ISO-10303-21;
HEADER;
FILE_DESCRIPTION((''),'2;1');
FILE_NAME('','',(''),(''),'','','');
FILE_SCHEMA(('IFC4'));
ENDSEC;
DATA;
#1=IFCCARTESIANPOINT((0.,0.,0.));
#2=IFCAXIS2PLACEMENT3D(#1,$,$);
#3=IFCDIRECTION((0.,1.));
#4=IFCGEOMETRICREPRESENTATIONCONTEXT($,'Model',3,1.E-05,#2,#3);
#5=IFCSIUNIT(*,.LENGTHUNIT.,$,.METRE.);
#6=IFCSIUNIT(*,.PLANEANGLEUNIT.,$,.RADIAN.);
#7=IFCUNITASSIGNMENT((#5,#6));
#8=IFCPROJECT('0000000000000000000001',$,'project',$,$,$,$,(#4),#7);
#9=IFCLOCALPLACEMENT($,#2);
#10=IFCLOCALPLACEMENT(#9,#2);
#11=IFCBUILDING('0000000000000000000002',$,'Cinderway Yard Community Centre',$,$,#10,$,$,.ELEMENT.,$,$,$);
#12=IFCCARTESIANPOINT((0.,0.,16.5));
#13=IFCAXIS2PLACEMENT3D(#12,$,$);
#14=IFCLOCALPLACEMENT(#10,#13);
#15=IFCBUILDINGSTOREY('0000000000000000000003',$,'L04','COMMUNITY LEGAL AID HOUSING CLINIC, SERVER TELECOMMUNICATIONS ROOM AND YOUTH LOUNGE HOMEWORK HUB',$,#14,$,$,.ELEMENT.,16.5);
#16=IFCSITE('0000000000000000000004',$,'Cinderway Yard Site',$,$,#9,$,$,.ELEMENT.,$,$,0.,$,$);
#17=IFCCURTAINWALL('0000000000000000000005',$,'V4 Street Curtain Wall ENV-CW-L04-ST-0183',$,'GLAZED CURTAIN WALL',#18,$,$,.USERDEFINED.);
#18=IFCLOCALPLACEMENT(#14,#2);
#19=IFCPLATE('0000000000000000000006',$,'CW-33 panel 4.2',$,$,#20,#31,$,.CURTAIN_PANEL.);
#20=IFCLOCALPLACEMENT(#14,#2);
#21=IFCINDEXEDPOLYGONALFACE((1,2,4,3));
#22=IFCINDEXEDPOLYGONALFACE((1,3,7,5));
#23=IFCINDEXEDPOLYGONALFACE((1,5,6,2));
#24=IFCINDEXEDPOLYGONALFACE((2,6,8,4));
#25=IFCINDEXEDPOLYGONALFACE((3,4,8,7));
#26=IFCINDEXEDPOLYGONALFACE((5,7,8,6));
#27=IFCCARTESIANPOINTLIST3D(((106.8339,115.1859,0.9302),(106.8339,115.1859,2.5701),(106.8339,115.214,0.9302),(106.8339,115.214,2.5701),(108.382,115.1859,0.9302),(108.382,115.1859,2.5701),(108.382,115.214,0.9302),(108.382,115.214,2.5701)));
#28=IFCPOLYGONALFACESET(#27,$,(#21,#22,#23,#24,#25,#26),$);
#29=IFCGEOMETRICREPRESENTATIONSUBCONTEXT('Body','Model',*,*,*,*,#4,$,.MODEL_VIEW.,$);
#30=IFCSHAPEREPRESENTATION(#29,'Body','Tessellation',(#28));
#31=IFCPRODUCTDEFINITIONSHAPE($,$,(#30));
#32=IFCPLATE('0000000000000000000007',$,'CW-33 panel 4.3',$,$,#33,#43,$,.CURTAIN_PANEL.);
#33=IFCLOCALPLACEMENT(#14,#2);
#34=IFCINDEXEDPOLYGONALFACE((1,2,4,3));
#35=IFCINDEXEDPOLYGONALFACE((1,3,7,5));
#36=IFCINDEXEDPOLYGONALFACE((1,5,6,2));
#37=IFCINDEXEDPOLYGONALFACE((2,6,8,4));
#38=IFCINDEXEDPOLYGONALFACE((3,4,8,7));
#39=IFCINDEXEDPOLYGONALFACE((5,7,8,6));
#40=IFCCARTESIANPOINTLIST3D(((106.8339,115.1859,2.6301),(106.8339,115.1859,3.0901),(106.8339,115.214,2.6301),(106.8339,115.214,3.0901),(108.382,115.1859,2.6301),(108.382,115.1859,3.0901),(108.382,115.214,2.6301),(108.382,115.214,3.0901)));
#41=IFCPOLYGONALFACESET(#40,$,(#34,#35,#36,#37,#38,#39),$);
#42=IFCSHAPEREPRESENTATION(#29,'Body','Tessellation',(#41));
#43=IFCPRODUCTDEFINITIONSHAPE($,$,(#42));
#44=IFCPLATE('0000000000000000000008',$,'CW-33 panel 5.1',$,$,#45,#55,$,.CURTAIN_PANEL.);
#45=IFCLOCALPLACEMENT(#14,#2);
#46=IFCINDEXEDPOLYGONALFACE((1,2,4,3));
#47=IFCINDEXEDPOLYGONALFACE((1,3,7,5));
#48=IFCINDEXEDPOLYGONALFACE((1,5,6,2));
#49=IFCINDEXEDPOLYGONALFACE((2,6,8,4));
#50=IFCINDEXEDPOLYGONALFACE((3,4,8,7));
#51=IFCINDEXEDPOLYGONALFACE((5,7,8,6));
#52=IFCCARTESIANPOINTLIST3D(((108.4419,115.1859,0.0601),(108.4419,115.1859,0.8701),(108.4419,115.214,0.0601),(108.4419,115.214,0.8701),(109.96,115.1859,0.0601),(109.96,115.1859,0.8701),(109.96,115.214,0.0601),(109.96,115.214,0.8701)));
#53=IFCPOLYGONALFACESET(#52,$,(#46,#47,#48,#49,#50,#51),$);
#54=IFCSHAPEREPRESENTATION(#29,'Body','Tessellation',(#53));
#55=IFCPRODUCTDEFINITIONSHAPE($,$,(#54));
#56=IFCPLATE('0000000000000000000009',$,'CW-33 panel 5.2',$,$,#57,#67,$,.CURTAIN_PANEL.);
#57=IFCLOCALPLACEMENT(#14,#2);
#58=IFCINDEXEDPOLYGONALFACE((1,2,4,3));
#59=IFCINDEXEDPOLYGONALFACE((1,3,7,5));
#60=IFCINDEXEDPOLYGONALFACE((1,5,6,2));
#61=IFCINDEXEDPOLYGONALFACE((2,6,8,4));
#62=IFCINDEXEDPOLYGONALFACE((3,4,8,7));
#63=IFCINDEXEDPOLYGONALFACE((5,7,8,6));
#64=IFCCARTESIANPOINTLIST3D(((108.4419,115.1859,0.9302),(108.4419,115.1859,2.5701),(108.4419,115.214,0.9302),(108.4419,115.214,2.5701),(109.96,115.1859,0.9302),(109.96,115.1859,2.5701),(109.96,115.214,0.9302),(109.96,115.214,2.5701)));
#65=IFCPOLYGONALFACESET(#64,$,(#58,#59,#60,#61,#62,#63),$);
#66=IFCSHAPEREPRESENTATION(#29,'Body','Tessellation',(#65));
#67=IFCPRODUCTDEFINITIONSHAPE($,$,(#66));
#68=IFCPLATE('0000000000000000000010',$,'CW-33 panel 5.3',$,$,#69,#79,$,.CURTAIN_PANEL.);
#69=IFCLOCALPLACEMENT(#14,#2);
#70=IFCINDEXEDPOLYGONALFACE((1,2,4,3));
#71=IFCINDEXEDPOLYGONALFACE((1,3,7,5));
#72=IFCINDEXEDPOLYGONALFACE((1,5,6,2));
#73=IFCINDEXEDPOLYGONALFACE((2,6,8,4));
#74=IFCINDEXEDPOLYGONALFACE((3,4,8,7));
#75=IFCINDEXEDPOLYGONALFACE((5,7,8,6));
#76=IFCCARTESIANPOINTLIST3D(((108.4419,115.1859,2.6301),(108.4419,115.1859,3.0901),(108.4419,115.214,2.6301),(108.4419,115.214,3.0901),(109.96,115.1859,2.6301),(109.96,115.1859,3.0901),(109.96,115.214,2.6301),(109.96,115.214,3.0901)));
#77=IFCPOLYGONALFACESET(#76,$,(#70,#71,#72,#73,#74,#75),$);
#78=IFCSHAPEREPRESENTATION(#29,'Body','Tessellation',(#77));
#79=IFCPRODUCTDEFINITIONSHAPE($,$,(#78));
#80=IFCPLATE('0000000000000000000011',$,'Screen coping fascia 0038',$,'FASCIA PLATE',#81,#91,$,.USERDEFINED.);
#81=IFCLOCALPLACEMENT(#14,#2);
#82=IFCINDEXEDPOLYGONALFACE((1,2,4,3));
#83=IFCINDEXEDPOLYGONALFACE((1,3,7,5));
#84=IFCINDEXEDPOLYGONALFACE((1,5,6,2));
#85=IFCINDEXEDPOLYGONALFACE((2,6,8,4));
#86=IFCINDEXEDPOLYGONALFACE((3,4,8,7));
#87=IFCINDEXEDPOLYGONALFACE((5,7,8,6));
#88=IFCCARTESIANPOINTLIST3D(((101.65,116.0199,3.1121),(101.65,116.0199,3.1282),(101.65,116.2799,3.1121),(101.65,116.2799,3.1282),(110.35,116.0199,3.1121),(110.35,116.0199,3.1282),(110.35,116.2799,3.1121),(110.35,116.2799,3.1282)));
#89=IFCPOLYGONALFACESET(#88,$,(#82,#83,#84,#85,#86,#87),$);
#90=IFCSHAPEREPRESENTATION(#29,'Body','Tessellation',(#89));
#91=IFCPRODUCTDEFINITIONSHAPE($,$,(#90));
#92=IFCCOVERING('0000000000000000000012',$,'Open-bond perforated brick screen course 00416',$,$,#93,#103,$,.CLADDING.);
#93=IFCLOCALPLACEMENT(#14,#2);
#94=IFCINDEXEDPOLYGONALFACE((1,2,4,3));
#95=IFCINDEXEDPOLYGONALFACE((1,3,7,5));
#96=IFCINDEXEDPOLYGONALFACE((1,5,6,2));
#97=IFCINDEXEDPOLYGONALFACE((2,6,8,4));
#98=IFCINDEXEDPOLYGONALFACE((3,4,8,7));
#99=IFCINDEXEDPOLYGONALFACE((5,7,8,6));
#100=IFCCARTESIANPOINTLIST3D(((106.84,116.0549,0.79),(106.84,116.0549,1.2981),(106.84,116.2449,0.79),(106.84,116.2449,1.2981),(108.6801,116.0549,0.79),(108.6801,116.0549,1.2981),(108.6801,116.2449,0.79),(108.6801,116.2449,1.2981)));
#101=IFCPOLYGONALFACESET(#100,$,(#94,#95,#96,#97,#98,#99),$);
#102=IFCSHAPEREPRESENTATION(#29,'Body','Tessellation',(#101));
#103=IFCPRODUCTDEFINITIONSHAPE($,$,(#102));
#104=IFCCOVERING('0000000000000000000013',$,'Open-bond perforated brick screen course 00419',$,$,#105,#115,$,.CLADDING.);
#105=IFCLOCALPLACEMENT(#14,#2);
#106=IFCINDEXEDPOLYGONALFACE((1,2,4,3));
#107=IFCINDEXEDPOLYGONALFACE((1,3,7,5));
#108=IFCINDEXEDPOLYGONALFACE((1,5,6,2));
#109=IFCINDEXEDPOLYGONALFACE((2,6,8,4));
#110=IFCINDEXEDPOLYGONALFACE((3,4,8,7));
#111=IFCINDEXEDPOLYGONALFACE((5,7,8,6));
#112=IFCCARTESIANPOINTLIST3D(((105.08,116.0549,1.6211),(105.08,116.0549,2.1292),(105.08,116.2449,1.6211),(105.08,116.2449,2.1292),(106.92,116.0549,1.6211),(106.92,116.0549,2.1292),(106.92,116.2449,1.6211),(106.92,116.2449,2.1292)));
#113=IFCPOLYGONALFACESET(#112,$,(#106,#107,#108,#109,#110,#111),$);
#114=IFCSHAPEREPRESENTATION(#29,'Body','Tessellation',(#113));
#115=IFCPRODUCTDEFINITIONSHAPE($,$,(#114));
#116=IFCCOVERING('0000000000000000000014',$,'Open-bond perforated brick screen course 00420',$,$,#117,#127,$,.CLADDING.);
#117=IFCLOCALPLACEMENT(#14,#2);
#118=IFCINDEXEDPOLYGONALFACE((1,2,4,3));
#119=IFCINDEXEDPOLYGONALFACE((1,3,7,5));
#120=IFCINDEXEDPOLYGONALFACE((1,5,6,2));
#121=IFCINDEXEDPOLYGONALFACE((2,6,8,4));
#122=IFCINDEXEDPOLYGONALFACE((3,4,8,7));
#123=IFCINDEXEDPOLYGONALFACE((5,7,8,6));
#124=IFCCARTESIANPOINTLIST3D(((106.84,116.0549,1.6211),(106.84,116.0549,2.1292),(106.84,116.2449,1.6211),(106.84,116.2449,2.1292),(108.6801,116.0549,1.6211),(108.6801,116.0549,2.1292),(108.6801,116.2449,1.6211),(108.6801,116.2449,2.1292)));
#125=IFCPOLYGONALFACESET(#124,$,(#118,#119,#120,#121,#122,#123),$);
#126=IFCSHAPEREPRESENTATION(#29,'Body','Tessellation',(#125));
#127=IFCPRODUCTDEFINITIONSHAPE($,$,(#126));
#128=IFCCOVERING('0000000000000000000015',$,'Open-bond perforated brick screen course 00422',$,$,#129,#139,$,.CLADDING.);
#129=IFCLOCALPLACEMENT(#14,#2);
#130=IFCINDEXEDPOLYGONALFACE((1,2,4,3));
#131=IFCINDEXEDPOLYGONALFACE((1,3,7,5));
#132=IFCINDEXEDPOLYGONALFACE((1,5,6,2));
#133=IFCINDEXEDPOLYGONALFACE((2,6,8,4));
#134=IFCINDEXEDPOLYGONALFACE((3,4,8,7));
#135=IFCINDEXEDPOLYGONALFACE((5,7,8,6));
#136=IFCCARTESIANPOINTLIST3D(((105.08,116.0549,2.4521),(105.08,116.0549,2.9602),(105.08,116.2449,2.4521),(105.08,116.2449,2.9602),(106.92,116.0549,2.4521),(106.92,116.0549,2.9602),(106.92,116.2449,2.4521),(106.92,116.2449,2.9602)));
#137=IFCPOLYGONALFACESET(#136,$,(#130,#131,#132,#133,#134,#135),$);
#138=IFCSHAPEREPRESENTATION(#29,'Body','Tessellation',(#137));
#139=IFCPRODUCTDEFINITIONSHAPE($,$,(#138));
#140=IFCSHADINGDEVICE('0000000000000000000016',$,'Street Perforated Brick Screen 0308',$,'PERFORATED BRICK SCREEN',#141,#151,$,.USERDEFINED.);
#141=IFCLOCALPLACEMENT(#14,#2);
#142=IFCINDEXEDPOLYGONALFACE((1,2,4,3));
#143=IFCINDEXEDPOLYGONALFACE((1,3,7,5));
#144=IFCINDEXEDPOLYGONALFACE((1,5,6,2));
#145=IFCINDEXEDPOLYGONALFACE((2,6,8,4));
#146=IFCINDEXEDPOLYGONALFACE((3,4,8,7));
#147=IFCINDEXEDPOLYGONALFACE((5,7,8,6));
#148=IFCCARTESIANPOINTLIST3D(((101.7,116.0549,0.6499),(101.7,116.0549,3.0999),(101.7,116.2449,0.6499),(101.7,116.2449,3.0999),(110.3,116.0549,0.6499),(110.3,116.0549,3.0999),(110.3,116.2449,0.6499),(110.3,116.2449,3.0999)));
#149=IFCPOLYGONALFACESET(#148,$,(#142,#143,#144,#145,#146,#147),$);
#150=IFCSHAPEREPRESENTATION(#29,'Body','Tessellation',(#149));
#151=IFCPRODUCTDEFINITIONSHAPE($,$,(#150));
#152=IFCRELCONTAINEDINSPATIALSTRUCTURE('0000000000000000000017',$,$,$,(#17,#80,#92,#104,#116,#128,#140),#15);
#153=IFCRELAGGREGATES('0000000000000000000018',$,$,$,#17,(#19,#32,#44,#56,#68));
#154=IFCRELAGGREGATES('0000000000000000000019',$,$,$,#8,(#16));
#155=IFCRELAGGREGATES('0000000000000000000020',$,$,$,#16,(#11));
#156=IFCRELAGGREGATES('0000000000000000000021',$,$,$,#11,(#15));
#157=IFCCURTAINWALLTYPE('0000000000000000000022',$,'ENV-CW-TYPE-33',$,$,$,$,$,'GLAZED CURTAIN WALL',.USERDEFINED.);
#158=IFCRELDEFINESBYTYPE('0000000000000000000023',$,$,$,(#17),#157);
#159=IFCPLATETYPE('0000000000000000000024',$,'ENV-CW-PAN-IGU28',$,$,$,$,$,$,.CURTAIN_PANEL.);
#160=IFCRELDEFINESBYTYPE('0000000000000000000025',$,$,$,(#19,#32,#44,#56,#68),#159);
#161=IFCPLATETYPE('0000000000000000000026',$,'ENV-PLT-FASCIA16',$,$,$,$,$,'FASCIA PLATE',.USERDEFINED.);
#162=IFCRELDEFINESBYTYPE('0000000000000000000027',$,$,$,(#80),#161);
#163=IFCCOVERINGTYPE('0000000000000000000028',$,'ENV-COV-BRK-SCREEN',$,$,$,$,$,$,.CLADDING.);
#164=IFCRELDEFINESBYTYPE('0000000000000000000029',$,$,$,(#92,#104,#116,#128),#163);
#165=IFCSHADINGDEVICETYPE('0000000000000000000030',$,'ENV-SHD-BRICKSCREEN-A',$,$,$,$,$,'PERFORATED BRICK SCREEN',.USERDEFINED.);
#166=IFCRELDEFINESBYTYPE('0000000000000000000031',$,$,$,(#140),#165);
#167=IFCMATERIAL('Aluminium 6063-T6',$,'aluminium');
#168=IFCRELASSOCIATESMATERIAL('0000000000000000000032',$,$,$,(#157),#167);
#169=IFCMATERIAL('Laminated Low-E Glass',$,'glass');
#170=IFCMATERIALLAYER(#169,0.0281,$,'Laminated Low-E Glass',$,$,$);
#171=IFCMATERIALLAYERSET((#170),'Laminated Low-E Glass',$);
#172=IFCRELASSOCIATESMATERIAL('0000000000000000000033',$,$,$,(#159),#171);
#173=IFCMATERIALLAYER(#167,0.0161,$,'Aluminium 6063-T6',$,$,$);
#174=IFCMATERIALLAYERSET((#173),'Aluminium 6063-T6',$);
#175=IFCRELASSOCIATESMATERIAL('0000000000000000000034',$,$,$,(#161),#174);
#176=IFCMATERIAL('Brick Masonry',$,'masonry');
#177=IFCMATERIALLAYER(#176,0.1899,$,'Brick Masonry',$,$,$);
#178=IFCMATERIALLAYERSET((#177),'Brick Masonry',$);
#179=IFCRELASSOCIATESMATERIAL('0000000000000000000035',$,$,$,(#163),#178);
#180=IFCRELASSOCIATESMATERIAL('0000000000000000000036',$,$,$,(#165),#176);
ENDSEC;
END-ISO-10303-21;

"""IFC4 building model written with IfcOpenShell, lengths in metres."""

from ifc_helpers import new_model, si_unit, direction, frame, origin, origin_2d, place, context, subcontext, project, spatial, rectangle, extrude, material, layer, layer_set, type_object, element, aggregate, save


model = new_model("IFC4")

# Units and contexts
model_context = context("Model", 3, precision=1e-05, world=origin(), true_north=direction((0.0, 1.0)))
body_context = subcontext(model_context, "Body", "Model", "MODEL_VIEW")
ifc_project = project(units=[si_unit("LENGTHUNIT", "METRE"), si_unit("PLANEANGLEUNIT", "RADIAN")], contexts=[model_context])

# Site, building, storey
site_placement = place(None, origin())
site = spatial("IfcSite", under=ifc_project, at=site_placement, Name="Cinderway Yard Site", CompositionType="ELEMENT", RefElevation=0.0)
building_placement = place(site_placement, origin())
building = spatial("IfcBuilding", under=site, at=building_placement, Name="Cinderway Yard Community Centre", CompositionType="ELEMENT")
storey_placement = place(building_placement, frame((0.0, 0.0, 16.5)))
storey = spatial("IfcBuildingStorey", under=building, at=storey_placement, Name="L04", Description="COMMUNITY LEGAL AID HOUSING CLINIC, SERVER TELECOMMUNICATIONS ROOM AND YOUTH LOUNGE HOMEWORK HUB", CompositionType="ELEMENT", Elevation=16.5)

# Curtain wall
ifc_material_1 = material(Name="Aluminium 6063-T6", Category="aluminium")
curtain_wall_type = type_object("IfcCurtainWallType", Name="ENV-CW-TYPE-33", ElementType="GLAZED CURTAIN WALL", PredefinedType="USERDEFINED", material=ifc_material_1)
curtain_wall_placement = place(storey_placement, origin())
curtain_wall = element("IfcCurtainWall", 1, at=curtain_wall_placement, inside=storey, type_object=curtain_wall_type, Name="V4 Street Curtain Wall ENV-CW-L04-ST-0183", ObjectType="GLAZED CURTAIN WALL", PredefinedType="USERDEFINED")

# Plates
ifc_material_2 = material(Name="Laminated Low-E Glass", Category="glass")
ifc_layer_1 = layer(ifc_material_2, 0.0281, Name="Laminated Low-E Glass")
ifc_layer_set_1 = layer_set([ifc_layer_1], Name="Laminated Low-E Glass")
plate_type_1 = type_object("IfcPlateType", Name="ENV-CW-PAN-IGU28", PredefinedType="CURTAIN_PANEL", material=ifc_layer_set_1)
plate_1_placement = place(storey_placement, frame((107.6079, 115.2, 0.9302), z_axis=(0.0, 0.0, 1.0), x_axis=(1.0, 0.0, 0.0)))
plate_1 = element("IfcPlate", 2, at=plate_1_placement, type_object=plate_type_1, Name="CW-33 panel 4.2", PredefinedType="CURTAIN_PANEL", context=body_context, shape_type="SweptSolid", body=[
    extrude(rectangle(XDim=1.5481, YDim=0.0281, at=origin_2d()), origin(), (0.0, 0.0, 1.0), 1.6399),
])
plate_2_placement = place(storey_placement, frame((107.6079, 115.2, 2.6301), z_axis=(0.0, 0.0, 1.0), x_axis=(1.0, 0.0, 0.0)))
plate_2 = element("IfcPlate", 3, at=plate_2_placement, type_object=plate_type_1, Name="CW-33 panel 4.3", PredefinedType="CURTAIN_PANEL", context=body_context, shape_type="SweptSolid", body=[
    extrude(rectangle(XDim=1.5481, YDim=0.0281, at=origin_2d()), origin(), (0.0, 0.0, 1.0), 0.46),
])
plate_3_placement = place(storey_placement, frame((109.2009, 115.2, 0.0601), z_axis=(0.0, 0.0, 1.0), x_axis=(1.0, 0.0, 0.0)))
plate_3 = element("IfcPlate", 4, at=plate_3_placement, type_object=plate_type_1, Name="CW-33 panel 5.1", PredefinedType="CURTAIN_PANEL", context=body_context, shape_type="SweptSolid", body=[
    extrude(rectangle(XDim=1.5181, YDim=0.0281, at=origin_2d()), origin(), (0.0, 0.0, 1.0), 0.8101),
])
plate_4_placement = place(storey_placement, frame((109.2009, 115.2, 0.9302), z_axis=(0.0, 0.0, 1.0), x_axis=(1.0, 0.0, 0.0)))
plate_4 = element("IfcPlate", 5, at=plate_4_placement, type_object=plate_type_1, Name="CW-33 panel 5.2", PredefinedType="CURTAIN_PANEL", context=body_context, shape_type="SweptSolid", body=[
    extrude(rectangle(XDim=1.5181, YDim=0.0281, at=origin_2d()), origin(), (0.0, 0.0, 1.0), 1.6399),
])
plate_5_placement = place(storey_placement, frame((109.2009, 115.2, 2.6301), z_axis=(0.0, 0.0, 1.0), x_axis=(1.0, 0.0, 0.0)))
plate_5 = element("IfcPlate", 6, at=plate_5_placement, type_object=plate_type_1, Name="CW-33 panel 5.3", PredefinedType="CURTAIN_PANEL", context=body_context, shape_type="SweptSolid", body=[
    extrude(rectangle(XDim=1.5181, YDim=0.0281, at=origin_2d()), origin(), (0.0, 0.0, 1.0), 0.46),
])
aggregate(curtain_wall, [plate_1, plate_2, plate_3, plate_4, plate_5])
ifc_layer_2 = layer(ifc_material_1, 0.0161, Name="Aluminium 6063-T6")
ifc_layer_set_2 = layer_set([ifc_layer_2], Name="Aluminium 6063-T6")
plate_type_2 = type_object("IfcPlateType", Name="ENV-PLT-FASCIA16", ElementType="FASCIA PLATE", PredefinedType="USERDEFINED", material=ifc_layer_set_2)
plate_6_placement = place(storey_placement, frame((106.0, 116.1499, 3.1121), z_axis=(0.0, 0.0, 1.0), x_axis=(1.0, 0.0, 0.0)))
element("IfcPlate", 7, at=plate_6_placement, inside=storey, type_object=plate_type_2, Name="Screen coping fascia 0038", ObjectType="FASCIA PLATE", PredefinedType="USERDEFINED", context=body_context, shape_type="SweptSolid", body=[
    extrude(rectangle(XDim=8.7, YDim=0.26, at=origin_2d()), origin(), (0.0, 0.0, 1.0), 0.0161),
])

# Coverings
ifc_material_3 = material(Name="Brick Masonry", Category="masonry")
ifc_layer_3 = layer(ifc_material_3, 0.1899, Name="Brick Masonry")
ifc_layer_set_3 = layer_set([ifc_layer_3], Name="Brick Masonry")
covering_type = type_object("IfcCoveringType", Name="ENV-COV-BRK-SCREEN", PredefinedType="CLADDING", material=ifc_layer_set_3)
for number, where, z_axis, x_axis, name in (
    (8, (107.76, 116.1499, 0.79), (0.0, 0.0, 1.0), (1.0, 0.0, 0.0), "Open-bond perforated brick screen course 00416"),
    (9, (106.0, 116.1499, 1.6211), (0.0, 0.0, 1.0), (1.0, 0.0, 0.0), "Open-bond perforated brick screen course 00419"),
    (10, (107.76, 116.1499, 1.6211), (0.0, 0.0, 1.0), (1.0, 0.0, 0.0), "Open-bond perforated brick screen course 00420"),
    (11, (106.0, 116.1499, 2.4521), (0.0, 0.0, 1.0), (1.0, 0.0, 0.0), "Open-bond perforated brick screen course 00422"),
):
    element("IfcCovering", number, at=place(storey_placement, frame(where, z_axis=z_axis, x_axis=x_axis)), inside=storey, type_object=covering_type, Name=name, PredefinedType="CLADDING", context=body_context, shape_type="SweptSolid", body=[
        extrude(rectangle(XDim=1.8401, YDim=0.1899, at=origin_2d()), origin(), (0.0, 0.0, 1.0), 0.5081),
    ])

# Shading device
shading_device_type = type_object("IfcShadingDeviceType", Name="ENV-SHD-BRICKSCREEN-A", ElementType="PERFORATED BRICK SCREEN", PredefinedType="USERDEFINED", material=ifc_material_3)
shading_device_placement = place(storey_placement, frame((106.0, 116.1499, 0.6499), z_axis=(0.0, 0.0, 1.0), x_axis=(1.0, 0.0, 0.0)))
element("IfcShadingDevice", 12, at=shading_device_placement, inside=storey, type_object=shading_device_type, Name="Street Perforated Brick Screen 0308", ObjectType="PERFORATED BRICK SCREEN", PredefinedType="USERDEFINED", context=body_context, shape_type="SweptSolid", body=[
    extrude(rectangle(XDim=8.6001, YDim=0.1899, at=origin_2d()), origin(), (0.0, 0.0, 1.0), 2.45),
])

save(model, "model.ifc")
